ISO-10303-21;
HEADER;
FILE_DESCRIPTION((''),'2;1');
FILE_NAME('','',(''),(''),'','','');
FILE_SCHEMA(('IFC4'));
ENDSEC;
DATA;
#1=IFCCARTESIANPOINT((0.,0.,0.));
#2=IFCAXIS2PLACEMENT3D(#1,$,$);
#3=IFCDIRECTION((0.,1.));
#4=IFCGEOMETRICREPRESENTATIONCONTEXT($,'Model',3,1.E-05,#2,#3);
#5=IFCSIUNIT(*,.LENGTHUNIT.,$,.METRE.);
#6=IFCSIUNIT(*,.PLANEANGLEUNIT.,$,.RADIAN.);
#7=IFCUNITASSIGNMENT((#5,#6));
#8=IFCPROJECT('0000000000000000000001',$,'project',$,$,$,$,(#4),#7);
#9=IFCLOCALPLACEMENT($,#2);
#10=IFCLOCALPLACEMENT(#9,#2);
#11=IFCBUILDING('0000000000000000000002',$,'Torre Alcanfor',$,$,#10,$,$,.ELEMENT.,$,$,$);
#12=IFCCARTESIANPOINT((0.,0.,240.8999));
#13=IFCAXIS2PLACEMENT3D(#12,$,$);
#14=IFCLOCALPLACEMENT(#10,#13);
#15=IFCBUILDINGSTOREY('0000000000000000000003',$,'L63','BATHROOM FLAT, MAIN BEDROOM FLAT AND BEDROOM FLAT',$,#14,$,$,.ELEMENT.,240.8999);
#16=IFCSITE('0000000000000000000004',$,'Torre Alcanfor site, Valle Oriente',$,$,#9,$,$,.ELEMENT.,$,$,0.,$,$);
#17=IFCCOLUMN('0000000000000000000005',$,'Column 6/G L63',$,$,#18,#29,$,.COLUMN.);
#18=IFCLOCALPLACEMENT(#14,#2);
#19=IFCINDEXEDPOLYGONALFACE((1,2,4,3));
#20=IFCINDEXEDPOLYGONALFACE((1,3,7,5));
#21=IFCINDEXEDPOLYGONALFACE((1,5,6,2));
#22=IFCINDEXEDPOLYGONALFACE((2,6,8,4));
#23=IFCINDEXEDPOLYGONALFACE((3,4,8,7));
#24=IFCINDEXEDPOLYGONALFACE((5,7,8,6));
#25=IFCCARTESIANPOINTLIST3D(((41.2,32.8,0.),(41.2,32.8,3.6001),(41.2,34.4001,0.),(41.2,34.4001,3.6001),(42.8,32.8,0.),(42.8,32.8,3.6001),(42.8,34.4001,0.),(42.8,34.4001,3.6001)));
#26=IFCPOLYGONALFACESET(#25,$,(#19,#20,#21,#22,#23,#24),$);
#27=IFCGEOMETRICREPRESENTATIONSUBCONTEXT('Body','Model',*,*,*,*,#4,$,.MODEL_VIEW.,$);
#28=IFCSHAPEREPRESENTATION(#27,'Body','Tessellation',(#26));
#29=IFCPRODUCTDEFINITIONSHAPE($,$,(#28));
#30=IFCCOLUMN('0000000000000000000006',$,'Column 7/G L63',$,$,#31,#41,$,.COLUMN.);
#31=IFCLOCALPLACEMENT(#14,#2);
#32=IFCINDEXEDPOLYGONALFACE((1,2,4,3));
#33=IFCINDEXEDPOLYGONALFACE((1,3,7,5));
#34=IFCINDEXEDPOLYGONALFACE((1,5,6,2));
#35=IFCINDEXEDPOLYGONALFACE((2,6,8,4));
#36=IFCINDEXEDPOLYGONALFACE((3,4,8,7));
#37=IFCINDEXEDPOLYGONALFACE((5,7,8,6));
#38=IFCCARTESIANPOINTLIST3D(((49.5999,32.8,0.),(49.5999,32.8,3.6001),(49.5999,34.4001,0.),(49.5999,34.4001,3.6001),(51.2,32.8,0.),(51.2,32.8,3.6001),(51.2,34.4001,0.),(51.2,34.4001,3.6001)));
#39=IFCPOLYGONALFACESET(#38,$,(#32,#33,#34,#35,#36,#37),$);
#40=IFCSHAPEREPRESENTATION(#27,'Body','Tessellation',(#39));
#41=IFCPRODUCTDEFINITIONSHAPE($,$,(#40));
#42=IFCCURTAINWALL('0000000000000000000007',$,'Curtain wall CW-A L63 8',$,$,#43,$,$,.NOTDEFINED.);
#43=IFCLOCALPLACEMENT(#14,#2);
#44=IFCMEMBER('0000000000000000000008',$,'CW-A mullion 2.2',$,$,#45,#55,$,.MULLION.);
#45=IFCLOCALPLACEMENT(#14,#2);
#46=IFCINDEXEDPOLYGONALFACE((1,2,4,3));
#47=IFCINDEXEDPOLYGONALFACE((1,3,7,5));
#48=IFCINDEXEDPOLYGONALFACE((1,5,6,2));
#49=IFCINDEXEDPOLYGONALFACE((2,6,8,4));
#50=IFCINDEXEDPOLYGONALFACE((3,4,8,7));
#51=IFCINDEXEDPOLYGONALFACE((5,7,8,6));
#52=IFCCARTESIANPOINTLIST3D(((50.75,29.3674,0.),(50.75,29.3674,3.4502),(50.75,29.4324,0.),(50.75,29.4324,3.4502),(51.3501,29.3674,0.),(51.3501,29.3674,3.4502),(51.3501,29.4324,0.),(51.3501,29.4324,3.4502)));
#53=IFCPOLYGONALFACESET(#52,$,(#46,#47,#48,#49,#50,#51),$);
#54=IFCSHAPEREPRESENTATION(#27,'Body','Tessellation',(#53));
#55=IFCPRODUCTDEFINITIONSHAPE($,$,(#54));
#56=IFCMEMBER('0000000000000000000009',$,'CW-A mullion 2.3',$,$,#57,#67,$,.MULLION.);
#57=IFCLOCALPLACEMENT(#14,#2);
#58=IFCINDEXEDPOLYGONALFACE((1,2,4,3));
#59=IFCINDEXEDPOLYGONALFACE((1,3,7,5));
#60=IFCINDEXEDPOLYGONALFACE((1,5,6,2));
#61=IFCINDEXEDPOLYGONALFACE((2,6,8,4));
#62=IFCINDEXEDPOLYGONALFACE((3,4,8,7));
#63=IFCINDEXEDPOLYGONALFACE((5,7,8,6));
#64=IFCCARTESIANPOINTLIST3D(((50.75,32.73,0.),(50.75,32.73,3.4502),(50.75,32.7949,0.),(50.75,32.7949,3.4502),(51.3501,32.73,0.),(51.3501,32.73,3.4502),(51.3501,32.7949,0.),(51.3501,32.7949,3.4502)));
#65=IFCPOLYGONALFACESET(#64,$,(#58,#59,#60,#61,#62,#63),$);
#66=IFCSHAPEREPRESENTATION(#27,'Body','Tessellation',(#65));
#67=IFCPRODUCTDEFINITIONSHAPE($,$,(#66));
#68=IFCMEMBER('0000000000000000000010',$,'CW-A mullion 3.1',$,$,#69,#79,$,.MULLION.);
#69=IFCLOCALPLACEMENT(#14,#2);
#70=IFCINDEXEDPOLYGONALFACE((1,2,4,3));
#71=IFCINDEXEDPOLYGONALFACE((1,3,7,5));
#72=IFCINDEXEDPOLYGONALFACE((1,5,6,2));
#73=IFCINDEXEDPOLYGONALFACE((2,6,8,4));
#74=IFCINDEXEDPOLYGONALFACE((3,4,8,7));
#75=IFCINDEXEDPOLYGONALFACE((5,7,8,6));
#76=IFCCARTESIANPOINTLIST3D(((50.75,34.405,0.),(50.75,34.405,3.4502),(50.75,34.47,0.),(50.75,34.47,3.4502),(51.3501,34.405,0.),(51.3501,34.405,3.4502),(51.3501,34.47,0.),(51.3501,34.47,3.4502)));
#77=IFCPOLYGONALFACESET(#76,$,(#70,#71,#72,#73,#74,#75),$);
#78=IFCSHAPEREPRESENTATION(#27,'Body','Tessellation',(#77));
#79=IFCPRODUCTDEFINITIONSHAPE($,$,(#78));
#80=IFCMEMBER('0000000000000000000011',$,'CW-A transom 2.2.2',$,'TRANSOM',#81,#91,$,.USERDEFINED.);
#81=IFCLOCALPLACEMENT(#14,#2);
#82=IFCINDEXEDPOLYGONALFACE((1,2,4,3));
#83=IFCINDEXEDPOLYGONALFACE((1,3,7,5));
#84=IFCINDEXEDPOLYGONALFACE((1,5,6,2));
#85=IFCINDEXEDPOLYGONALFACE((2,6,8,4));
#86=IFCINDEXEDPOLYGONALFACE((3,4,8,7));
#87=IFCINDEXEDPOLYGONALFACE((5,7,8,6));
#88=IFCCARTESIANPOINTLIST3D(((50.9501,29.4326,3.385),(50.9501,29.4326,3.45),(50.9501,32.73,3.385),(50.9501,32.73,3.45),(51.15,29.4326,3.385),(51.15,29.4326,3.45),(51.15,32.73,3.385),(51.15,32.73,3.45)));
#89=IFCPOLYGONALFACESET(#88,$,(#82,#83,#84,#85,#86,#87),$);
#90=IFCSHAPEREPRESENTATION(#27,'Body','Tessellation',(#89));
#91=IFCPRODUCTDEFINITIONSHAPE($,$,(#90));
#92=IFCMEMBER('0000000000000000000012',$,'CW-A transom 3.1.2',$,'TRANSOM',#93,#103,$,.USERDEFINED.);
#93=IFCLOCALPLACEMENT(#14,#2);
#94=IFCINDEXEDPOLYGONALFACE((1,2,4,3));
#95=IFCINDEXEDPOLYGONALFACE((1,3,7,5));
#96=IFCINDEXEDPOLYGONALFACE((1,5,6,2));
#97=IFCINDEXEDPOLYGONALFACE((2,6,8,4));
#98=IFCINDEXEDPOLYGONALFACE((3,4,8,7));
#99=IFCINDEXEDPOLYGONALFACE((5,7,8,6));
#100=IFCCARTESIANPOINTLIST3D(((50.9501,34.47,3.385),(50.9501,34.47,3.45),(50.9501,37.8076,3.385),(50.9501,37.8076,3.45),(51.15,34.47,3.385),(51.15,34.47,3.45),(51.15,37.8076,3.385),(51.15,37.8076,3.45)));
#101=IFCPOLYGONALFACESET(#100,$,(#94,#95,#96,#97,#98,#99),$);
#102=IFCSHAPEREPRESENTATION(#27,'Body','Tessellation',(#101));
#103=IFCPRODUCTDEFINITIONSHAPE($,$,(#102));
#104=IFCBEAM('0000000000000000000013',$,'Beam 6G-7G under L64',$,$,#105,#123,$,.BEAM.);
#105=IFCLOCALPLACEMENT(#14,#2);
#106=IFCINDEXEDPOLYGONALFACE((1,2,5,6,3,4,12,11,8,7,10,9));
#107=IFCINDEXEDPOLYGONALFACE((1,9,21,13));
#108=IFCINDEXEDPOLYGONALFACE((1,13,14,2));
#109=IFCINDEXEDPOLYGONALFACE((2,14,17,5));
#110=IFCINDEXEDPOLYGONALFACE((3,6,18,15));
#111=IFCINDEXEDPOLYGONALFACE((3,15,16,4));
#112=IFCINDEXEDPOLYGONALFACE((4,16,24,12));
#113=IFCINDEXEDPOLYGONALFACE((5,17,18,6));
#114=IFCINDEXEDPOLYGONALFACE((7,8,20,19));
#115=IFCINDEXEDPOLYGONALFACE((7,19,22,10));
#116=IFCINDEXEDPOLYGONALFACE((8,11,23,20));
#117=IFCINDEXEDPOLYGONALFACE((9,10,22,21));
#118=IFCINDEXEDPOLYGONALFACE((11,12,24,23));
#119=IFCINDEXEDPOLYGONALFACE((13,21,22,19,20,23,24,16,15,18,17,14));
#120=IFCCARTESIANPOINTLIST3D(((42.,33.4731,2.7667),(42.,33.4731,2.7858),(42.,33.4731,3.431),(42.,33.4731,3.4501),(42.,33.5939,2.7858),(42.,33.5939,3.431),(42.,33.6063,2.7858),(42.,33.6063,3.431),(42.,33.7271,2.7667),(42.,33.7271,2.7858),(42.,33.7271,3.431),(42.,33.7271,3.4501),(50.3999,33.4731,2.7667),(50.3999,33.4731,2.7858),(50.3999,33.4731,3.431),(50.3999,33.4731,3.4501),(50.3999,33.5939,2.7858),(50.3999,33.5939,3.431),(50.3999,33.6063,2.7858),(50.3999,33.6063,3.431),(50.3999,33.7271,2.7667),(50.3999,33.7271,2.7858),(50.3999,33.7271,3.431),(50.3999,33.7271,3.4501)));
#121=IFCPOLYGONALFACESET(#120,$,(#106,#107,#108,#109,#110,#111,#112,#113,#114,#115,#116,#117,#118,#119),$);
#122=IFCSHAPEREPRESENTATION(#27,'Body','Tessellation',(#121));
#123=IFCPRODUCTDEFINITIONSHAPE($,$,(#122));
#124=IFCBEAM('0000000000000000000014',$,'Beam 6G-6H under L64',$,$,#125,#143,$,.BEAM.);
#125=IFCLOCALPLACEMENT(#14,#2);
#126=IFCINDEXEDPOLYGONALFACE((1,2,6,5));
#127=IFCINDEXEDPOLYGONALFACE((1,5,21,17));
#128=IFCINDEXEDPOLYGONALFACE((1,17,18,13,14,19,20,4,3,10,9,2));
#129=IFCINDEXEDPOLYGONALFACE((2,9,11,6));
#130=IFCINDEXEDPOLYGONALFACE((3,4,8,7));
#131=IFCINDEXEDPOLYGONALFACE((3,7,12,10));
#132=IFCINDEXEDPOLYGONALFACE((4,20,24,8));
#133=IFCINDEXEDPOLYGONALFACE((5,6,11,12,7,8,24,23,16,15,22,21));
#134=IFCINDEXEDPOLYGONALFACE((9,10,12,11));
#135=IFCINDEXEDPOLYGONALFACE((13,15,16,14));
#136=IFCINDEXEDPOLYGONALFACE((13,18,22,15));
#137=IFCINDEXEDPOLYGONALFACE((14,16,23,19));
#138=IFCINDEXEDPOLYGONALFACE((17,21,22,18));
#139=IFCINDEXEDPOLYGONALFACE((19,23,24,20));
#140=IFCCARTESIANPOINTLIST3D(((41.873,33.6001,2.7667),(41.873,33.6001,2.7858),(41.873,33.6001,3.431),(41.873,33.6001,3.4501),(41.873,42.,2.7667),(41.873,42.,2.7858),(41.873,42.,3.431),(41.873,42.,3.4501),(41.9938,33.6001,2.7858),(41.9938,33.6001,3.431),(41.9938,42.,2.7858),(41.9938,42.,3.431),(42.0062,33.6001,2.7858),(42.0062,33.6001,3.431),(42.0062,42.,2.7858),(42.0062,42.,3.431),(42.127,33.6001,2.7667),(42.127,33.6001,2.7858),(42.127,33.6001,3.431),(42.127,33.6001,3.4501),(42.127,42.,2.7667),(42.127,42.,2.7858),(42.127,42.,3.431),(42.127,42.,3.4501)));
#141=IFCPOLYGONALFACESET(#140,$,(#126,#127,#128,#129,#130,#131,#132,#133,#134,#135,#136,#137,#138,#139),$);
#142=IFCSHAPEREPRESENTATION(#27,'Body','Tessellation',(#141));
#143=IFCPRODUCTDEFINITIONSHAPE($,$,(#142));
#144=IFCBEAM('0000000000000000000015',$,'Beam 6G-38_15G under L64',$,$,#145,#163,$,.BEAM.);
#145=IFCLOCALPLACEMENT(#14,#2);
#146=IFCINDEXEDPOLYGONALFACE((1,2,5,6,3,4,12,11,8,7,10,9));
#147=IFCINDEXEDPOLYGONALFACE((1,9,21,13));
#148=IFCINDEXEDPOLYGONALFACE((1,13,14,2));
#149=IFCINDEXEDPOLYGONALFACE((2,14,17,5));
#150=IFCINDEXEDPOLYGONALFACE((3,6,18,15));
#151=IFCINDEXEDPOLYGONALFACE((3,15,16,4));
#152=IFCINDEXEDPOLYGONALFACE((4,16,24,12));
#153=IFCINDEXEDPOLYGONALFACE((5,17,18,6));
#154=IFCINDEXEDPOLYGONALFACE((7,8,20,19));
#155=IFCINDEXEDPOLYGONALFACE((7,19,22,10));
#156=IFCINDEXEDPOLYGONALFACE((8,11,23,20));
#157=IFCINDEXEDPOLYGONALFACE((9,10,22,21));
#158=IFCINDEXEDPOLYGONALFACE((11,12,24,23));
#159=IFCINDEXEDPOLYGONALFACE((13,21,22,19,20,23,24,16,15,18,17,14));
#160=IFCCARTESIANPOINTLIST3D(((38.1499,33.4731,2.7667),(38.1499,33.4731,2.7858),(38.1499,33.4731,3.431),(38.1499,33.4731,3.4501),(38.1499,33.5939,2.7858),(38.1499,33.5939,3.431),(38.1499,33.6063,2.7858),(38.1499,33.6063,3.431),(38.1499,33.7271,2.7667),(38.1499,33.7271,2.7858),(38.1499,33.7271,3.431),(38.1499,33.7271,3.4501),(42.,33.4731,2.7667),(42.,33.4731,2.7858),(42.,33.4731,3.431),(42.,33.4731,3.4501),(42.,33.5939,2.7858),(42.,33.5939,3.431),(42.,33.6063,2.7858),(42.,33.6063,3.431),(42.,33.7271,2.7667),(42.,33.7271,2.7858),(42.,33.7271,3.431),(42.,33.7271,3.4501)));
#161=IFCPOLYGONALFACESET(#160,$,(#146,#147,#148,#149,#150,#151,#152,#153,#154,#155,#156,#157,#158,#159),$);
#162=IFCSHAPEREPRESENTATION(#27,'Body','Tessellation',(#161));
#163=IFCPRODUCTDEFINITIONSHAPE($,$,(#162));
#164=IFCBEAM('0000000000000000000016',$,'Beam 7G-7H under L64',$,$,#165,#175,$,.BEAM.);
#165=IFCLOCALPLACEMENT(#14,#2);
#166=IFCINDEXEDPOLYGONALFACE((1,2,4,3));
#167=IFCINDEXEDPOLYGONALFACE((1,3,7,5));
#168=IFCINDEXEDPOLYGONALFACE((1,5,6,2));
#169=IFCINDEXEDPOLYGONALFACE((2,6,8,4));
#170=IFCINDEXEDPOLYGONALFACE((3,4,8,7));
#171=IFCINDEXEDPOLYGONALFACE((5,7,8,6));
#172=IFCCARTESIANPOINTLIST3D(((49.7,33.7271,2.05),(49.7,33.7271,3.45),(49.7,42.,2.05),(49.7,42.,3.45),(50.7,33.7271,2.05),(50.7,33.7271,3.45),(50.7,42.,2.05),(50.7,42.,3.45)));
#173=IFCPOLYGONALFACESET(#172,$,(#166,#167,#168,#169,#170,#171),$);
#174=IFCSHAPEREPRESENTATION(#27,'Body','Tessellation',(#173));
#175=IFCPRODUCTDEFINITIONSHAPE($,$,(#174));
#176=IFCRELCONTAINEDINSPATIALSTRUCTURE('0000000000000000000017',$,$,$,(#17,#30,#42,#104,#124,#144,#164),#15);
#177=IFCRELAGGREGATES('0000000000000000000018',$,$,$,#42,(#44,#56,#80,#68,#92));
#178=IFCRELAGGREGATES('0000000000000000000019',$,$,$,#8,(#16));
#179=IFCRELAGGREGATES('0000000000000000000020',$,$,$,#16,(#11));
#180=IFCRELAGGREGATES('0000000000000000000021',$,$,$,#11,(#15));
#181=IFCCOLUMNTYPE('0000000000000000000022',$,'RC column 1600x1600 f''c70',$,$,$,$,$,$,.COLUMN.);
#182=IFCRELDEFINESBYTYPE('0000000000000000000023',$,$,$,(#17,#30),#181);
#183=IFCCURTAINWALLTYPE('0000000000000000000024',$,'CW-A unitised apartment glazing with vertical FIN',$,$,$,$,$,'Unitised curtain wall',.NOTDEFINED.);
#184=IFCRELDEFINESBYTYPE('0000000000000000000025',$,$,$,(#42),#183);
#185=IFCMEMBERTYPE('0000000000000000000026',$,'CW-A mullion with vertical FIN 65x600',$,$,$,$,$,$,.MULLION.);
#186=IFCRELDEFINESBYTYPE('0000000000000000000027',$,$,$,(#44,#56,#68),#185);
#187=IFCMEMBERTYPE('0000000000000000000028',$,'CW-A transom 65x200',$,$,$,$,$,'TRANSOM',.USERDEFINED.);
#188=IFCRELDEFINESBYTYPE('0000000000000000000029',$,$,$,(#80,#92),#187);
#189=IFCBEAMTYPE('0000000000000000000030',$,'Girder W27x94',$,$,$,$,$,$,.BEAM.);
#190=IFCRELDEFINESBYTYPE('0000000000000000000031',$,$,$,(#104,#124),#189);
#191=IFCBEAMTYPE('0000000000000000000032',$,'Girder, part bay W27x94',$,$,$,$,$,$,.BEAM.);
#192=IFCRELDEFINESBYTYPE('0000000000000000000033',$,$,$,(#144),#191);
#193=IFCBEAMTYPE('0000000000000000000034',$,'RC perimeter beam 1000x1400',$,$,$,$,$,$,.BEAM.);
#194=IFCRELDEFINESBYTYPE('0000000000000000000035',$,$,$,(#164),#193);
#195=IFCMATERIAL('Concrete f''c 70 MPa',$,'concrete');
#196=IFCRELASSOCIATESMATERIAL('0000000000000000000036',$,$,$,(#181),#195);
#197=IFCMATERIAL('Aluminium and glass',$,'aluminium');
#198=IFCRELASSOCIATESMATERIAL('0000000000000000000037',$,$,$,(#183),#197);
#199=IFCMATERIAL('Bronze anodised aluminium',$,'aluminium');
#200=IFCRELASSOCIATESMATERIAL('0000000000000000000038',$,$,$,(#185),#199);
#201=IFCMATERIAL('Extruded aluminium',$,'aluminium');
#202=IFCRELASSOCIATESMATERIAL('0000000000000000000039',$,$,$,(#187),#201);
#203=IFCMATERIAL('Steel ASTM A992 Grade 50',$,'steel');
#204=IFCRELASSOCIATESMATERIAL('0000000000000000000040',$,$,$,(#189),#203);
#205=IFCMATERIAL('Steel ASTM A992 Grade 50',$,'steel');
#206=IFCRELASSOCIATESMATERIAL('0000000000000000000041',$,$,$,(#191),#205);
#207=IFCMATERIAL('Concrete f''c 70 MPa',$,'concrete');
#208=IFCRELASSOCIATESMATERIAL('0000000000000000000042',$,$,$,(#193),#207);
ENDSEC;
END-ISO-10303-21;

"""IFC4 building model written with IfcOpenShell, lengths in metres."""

from ifc_helpers import new_model, si_unit, direction, frame, origin, origin_2d, place, context, subcontext, project, spatial, rectangle, i_section, extrude, material, material_profile, profile_set, type_object, element, aggregate, save


model = new_model("IFC4")

# Units and contexts
model_context = context("Model", 3, precision=1e-05, world=origin(), true_north=direction((0.0, 1.0)))
body_context = subcontext(model_context, "Body", "Model", "MODEL_VIEW")
ifc_project = project(units=[si_unit("LENGTHUNIT", "METRE"), si_unit("PLANEANGLEUNIT", "RADIAN")], contexts=[model_context])

# Site, building, storey
site_placement = place(None, origin())
site = spatial("IfcSite", under=ifc_project, at=site_placement, Name="Torre Alcanfor site, Valle Oriente", CompositionType="ELEMENT", RefElevation=0.0)
building_placement = place(site_placement, origin())
building = spatial("IfcBuilding", under=site, at=building_placement, Name="Torre Alcanfor", CompositionType="ELEMENT")
storey_placement = place(building_placement, frame((0.0, 0.0, 240.8999)))
storey = spatial("IfcBuildingStorey", under=building, at=storey_placement, Name="L63", Description="BATHROOM FLAT, MAIN BEDROOM FLAT AND BEDROOM FLAT", CompositionType="ELEMENT", Elevation=240.8999)

# Columns
ifc_material_1 = material(Name="Concrete f'c 70 MPa", Category="concrete")
ifc_material_profile_1 = material_profile(ifc_material_1, rectangle(XDim=1.6001, YDim=1.6001, at=origin_2d()), Name="1600x1600")
ifc_profile_set_1 = profile_set([ifc_material_profile_1], Name="Concrete f'c 70 MPa")
column_type = type_object("IfcColumnType", Name="RC column 1600x1600 f'c70", PredefinedType="COLUMN", material=ifc_profile_set_1)
for number, where, z_axis, x_axis, name in (
    (1, (42.0, 33.6001, 0.0), (0.0, 0.0, 1.0), (1.0, 0.0, 0.0), "Column 6/G L63"),
    (2, (50.3999, 33.6001, 0.0), (0.0, 0.0, 1.0), (1.0, 0.0, 0.0), "Column 7/G L63"),
):
    element("IfcColumn", number, at=place(storey_placement, frame(where, z_axis=z_axis, x_axis=x_axis)), inside=storey, type_object=column_type, Name=name, PredefinedType="COLUMN", context=body_context, shape_type="SweptSolid", body=[
        extrude(rectangle(XDim=1.6001, YDim=1.6001, at=origin_2d()), origin(), (0.0, 0.0, 1.0), 3.6001),
    ])

# Curtain wall, members
ifc_material_2 = material(Name="Aluminium and glass", Category="aluminium")
curtain_wall_type = type_object("IfcCurtainWallType", Name="CW-A unitised apartment glazing with vertical FIN", ElementType="Unitised curtain wall", PredefinedType="NOTDEFINED", material=ifc_material_2)
curtain_wall_placement = place(storey_placement, origin())
curtain_wall = element("IfcCurtainWall", 3, at=curtain_wall_placement, inside=storey, type_object=curtain_wall_type, Name="Curtain wall CW-A L63 8", PredefinedType="NOTDEFINED")
ifc_material_3 = material(Name="Bronze anodised aluminium", Category="aluminium")
ifc_material_profile_2 = material_profile(ifc_material_3, rectangle(XDim=0.6001, YDim=0.0649, at=origin_2d()), Name="CW-A mullion 65x600")
ifc_profile_set_2 = profile_set([ifc_material_profile_2], Name="Bronze anodised aluminium")
member_type_1 = type_object("IfcMemberType", Name="CW-A mullion with vertical FIN 65x600", PredefinedType="MULLION", material=ifc_profile_set_2)
member_1_placement = place(storey_placement, frame((51.05, 29.3999, 0.0), z_axis=(0.0, 0.0, 1.0), x_axis=(-1.0, 0.0, 0.0)))
member_1 = element("IfcMember", 4, at=member_1_placement, type_object=member_type_1, Name="CW-A mullion 2.2", PredefinedType="MULLION", context=body_context, shape_type="SweptSolid", body=[
    extrude(rectangle(XDim=0.6001, YDim=0.0649, at=origin_2d()), origin(), (0.0, 0.0, 1.0), 3.4502),
])
member_2_placement = place(storey_placement, frame((51.05, 32.7625, 0.0), z_axis=(0.0, 0.0, 1.0), x_axis=(-1.0, 0.0, 0.0)))
member_2 = element("IfcMember", 5, at=member_2_placement, type_object=member_type_1, Name="CW-A mullion 2.3", PredefinedType="MULLION", context=body_context, shape_type="SweptSolid", body=[
    extrude(rectangle(XDim=0.6001, YDim=0.0649, at=origin_2d()), origin(), (0.0, 0.0, 1.0), 3.4502),
])
member_3_placement = place(storey_placement, frame((51.05, 34.4375, 0.0), z_axis=(0.0, 0.0, 1.0), x_axis=(-1.0, 0.0, 0.0)))
member_3 = element("IfcMember", 6, at=member_3_placement, type_object=member_type_1, Name="CW-A mullion 3.1", PredefinedType="MULLION", context=body_context, shape_type="SweptSolid", body=[
    extrude(rectangle(XDim=0.6001, YDim=0.0649, at=origin_2d()), origin(), (0.0, 0.0, 1.0), 3.4502),
])
ifc_material_4 = material(Name="Extruded aluminium", Category="aluminium")
ifc_material_profile_3 = material_profile(ifc_material_4, rectangle(XDim=0.2, YDim=0.0649, at=origin_2d()), Name="CW-A transom 200x65")
ifc_profile_set_3 = profile_set([ifc_material_profile_3], Name="Extruded aluminium")
member_type_2 = type_object("IfcMemberType", Name="CW-A transom 65x200", ElementType="TRANSOM", PredefinedType="USERDEFINED", material=ifc_profile_set_3)
member_4_placement = place(storey_placement, frame((51.05, 29.4326, 3.4175), z_axis=(0.0, 1.0, 0.0), x_axis=(-1.0, 0.0, 0.0)))
member_4 = element("IfcMember", 7, at=member_4_placement, type_object=member_type_2, Name="CW-A transom 2.2.2", ObjectType="TRANSOM", PredefinedType="USERDEFINED", context=body_context, shape_type="SweptSolid", body=[
    extrude(rectangle(XDim=0.2, YDim=0.0649, at=origin_2d()), origin(), (0.0, 0.0, 1.0), 3.2974),
])
member_5_placement = place(storey_placement, frame((51.05, 34.47, 3.4175), z_axis=(0.0, 1.0, 0.0), x_axis=(-1.0, 0.0, 0.0)))
member_5 = element("IfcMember", 8, at=member_5_placement, type_object=member_type_2, Name="CW-A transom 3.1.2", ObjectType="TRANSOM", PredefinedType="USERDEFINED", context=body_context, shape_type="SweptSolid", body=[
    extrude(rectangle(XDim=0.2, YDim=0.0649, at=origin_2d()), origin(), (0.0, 0.0, 1.0), 3.3376),
])

# Beams
ifc_material_5 = material(Name="Steel ASTM A992 Grade 50", Category="steel")
ifc_material_profile_4 = material_profile(ifc_material_5, i_section(OverallWidth=0.2539, OverallDepth=0.6833, WebThickness=0.0125, FlangeThickness=0.019, at=origin_2d()), Name="W27x94")
ifc_profile_set_4 = profile_set([ifc_material_profile_4], Name="Steel ASTM A992 Grade 50")
beam_type_1 = type_object("IfcBeamType", Name="Girder W27x94", PredefinedType="BEAM", material=ifc_profile_set_4)
for number, where, z_axis, x_axis, name in (
    (9, (42.0, 33.6001, 3.1084), (1.0, 0.0, 0.0), (0.0, 1.0, 0.0), "Beam 6G-7G under L64"),
    (10, (42.0, 33.6001, 3.1084), (0.0, 1.0, 0.0), (-1.0, 0.0, 0.0), "Beam 6G-6H under L64"),
):
    element("IfcBeam", number, at=place(storey_placement, frame(where, z_axis=z_axis, x_axis=x_axis)), inside=storey, type_object=beam_type_1, Name=name, PredefinedType="BEAM", context=body_context, shape_type="SweptSolid", body=[
        extrude(i_section(OverallWidth=0.2539, OverallDepth=0.6833, WebThickness=0.0125, FlangeThickness=0.019, at=origin_2d()), origin(), (0.0, 0.0, 1.0), 8.3999),
    ])
ifc_material_6 = material(Name="Steel ASTM A992 Grade 50", Category="steel")
ifc_material_profile_5 = material_profile(ifc_material_6, i_section(OverallWidth=0.2539, OverallDepth=0.6833, WebThickness=0.0125, FlangeThickness=0.019, at=origin_2d()), Name="W27x94")
ifc_profile_set_5 = profile_set([ifc_material_profile_5], Name="Steel ASTM A992 Grade 50")
beam_type_2 = type_object("IfcBeamType", Name="Girder, part bay W27x94", PredefinedType="BEAM", material=ifc_profile_set_5)
beam_1_placement = place(storey_placement, frame((42.0, 33.6001, 3.1084), z_axis=(-1.0, 0.0, 0.0), x_axis=(0.0, -1.0, 0.0)))
element("IfcBeam", 11, at=beam_1_placement, inside=storey, type_object=beam_type_2, Name="Beam 6G-38_15G under L64", PredefinedType="BEAM", context=body_context, shape_type="SweptSolid", body=[
    extrude(i_section(OverallWidth=0.2539, OverallDepth=0.6833, WebThickness=0.0125, FlangeThickness=0.019, at=origin_2d()), origin(), (0.0, 0.0, 1.0), 3.8501),
])
ifc_material_7 = material(Name="Concrete f'c 70 MPa", Category="concrete")
ifc_material_profile_6 = material_profile(ifc_material_7, rectangle(XDim=1.0, YDim=1.3999, at=origin_2d()), Name="1000x1400")
ifc_profile_set_6 = profile_set([ifc_material_profile_6], Name="Concrete f'c 70 MPa")
beam_type_3 = type_object("IfcBeamType", Name="RC perimeter beam 1000x1400", PredefinedType="BEAM", material=ifc_profile_set_6)
beam_2_placement = place(storey_placement, frame((50.2, 33.7271, 2.75), z_axis=(0.0, 1.0, 0.0), x_axis=(-1.0, 0.0, 0.0)))
element("IfcBeam", 12, at=beam_2_placement, inside=storey, type_object=beam_type_3, Name="Beam 7G-7H under L64", PredefinedType="BEAM", context=body_context, shape_type="SweptSolid", body=[
    extrude(rectangle(XDim=1.0, YDim=1.3999, at=origin_2d()), origin(), (0.0, 0.0, 1.0), 8.2729),
])

aggregate(curtain_wall, [member_1, member_2, member_4, member_3, member_5])

save(model, "model.ifc")
